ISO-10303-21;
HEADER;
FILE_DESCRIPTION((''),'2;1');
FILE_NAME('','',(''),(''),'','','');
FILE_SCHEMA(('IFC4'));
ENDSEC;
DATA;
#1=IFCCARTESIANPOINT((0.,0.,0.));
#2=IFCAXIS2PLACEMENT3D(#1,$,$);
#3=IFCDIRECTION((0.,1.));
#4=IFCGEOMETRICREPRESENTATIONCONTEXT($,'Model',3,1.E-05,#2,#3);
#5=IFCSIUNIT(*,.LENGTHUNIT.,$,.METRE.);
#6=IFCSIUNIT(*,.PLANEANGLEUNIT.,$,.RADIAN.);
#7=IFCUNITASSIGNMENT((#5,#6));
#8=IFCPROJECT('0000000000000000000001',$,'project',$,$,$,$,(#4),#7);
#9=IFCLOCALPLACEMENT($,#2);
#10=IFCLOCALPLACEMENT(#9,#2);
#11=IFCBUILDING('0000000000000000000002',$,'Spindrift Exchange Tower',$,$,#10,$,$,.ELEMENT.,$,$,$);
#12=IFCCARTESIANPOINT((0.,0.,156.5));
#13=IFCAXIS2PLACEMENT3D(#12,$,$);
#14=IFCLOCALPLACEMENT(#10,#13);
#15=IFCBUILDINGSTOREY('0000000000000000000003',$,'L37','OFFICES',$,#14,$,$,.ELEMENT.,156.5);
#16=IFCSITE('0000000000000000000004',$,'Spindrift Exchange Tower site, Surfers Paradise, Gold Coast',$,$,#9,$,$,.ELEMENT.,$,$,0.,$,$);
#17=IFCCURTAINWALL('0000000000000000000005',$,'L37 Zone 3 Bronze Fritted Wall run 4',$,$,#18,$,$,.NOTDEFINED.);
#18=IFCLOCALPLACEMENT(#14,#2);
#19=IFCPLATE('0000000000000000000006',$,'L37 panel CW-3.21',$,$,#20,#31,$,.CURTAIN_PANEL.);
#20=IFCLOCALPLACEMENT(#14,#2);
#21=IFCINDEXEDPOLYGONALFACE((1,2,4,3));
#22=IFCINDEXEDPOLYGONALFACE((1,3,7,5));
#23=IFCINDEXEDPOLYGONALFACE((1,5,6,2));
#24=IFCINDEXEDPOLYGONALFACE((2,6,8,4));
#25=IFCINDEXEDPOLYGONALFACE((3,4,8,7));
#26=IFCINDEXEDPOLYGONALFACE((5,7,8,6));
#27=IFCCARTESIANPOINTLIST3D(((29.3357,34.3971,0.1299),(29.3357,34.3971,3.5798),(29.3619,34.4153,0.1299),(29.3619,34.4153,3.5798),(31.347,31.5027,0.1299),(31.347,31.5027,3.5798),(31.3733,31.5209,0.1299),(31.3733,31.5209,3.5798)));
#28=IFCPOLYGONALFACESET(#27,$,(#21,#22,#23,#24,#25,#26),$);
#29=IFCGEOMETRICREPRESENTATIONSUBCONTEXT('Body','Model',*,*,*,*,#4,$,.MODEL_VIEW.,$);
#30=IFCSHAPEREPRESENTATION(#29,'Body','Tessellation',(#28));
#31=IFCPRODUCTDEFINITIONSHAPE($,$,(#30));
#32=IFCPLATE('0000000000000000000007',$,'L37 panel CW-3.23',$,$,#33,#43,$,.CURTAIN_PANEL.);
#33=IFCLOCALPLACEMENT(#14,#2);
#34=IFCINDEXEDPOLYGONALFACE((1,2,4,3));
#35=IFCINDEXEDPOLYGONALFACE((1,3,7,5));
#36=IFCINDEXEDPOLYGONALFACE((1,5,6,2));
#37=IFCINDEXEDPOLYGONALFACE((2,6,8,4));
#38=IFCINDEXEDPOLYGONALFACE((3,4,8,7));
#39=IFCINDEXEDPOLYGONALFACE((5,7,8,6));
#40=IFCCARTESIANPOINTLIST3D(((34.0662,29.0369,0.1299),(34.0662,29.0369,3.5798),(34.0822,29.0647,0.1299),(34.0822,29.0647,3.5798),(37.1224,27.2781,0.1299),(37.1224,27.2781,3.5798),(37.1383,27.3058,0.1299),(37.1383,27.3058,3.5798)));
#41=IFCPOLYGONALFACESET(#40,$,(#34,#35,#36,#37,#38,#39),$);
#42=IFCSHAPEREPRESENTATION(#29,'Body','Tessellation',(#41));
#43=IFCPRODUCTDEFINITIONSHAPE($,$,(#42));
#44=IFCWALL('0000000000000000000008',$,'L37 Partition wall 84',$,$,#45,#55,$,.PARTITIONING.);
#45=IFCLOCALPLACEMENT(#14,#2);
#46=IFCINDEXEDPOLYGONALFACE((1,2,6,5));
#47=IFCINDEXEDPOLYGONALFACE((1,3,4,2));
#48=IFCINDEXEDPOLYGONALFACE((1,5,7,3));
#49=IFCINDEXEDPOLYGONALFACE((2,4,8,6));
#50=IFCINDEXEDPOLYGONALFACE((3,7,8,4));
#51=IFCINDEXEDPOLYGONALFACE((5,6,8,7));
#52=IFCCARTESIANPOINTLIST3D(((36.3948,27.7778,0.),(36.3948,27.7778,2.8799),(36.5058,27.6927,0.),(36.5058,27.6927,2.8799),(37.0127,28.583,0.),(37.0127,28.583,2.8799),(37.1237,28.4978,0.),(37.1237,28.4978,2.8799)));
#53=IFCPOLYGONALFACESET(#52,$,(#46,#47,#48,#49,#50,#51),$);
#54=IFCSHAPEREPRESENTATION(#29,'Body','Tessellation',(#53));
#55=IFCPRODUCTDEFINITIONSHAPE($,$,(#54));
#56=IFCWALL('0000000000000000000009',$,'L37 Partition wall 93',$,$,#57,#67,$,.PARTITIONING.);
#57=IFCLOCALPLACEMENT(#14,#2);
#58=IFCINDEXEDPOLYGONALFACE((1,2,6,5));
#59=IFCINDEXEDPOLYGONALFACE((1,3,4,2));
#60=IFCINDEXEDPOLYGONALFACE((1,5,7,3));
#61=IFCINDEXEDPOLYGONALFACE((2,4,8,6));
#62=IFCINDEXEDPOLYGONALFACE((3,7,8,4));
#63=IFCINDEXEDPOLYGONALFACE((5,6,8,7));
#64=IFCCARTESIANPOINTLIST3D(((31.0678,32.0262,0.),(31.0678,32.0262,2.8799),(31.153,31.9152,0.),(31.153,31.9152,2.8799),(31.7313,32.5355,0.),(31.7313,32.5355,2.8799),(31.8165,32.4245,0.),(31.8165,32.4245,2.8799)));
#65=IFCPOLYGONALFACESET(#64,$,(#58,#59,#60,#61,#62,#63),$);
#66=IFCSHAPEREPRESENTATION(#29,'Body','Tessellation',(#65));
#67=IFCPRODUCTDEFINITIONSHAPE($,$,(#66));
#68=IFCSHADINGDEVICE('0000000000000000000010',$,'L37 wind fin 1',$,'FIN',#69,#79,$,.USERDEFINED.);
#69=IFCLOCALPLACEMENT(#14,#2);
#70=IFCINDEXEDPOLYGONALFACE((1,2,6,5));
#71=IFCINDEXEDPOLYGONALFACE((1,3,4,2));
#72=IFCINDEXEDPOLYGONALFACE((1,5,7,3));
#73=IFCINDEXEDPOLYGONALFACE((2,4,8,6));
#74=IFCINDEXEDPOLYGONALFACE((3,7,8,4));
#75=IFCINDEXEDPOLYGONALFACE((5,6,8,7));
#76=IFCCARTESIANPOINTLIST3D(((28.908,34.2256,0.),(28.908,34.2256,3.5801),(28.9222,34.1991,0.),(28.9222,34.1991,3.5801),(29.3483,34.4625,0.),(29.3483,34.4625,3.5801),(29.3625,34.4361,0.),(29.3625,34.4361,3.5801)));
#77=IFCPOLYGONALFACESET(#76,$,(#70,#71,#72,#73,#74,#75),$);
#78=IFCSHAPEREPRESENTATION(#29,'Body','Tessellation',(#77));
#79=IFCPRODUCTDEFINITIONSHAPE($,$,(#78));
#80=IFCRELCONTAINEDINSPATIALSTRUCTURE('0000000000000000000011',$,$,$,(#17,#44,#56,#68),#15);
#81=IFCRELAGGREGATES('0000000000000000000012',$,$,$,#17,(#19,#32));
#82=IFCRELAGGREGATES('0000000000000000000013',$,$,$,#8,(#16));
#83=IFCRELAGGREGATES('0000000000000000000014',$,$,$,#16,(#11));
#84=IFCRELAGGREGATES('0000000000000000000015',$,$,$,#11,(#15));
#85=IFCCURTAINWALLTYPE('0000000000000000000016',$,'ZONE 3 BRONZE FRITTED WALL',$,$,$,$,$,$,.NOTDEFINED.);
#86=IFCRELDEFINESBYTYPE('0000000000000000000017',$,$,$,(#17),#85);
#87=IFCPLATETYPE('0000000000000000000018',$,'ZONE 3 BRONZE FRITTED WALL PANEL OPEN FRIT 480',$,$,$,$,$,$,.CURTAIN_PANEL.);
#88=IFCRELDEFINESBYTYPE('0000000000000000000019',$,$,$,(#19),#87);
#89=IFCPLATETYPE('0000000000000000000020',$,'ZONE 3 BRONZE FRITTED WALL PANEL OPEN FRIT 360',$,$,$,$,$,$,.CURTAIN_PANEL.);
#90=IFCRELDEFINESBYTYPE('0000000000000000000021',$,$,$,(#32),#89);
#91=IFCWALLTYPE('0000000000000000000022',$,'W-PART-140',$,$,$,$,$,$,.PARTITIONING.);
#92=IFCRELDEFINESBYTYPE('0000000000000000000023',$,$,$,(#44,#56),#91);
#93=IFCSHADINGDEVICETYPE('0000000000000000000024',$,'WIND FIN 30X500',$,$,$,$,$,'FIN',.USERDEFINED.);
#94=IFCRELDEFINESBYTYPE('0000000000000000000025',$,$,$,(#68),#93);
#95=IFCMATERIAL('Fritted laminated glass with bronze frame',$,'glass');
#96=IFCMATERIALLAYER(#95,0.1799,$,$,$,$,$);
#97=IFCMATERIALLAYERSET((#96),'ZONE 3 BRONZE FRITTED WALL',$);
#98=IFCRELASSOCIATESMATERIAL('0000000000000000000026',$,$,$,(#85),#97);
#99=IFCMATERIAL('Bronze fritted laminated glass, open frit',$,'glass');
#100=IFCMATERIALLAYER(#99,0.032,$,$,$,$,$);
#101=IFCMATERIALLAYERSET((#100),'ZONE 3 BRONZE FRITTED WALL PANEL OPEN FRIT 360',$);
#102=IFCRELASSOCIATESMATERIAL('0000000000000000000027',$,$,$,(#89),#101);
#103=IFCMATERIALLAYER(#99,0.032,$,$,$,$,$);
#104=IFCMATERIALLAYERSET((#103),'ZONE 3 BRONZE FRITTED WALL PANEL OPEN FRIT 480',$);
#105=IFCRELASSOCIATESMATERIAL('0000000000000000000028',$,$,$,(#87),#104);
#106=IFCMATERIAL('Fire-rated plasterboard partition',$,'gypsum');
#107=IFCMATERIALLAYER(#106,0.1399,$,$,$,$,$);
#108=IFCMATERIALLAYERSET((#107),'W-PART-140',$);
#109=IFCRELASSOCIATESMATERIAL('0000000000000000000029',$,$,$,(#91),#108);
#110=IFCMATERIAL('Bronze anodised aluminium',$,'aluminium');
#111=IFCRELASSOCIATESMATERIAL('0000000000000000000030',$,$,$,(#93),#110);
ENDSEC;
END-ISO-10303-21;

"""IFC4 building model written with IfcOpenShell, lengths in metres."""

from ifc_helpers import new_model, si_unit, direction, frame, frame_2d, origin, origin_2d, place, context, subcontext, project, spatial, rectangle, extrude, source, transform, mapped, material, layer, layer_set, material_profile, profile_set, type_object, element, aggregate, save


model = new_model("IFC4")

# Units and contexts
model_context = context("Model", 3, precision=1e-05, world=origin(), true_north=direction((0.0, 1.0)))
body_context = subcontext(model_context, "Body", "Model", "MODEL_VIEW")
ifc_project = project(units=[si_unit("LENGTHUNIT", "METRE"), si_unit("PLANEANGLEUNIT", "RADIAN")], contexts=[model_context])

# Site, building, storey
site_placement = place(None, origin())
site = spatial("IfcSite", under=ifc_project, at=site_placement, Name="Spindrift Exchange Tower site, Surfers Paradise, Gold Coast", CompositionType="ELEMENT", RefElevation=0.0)
building_placement = place(site_placement, origin())
building = spatial("IfcBuilding", under=site, at=building_placement, Name="Spindrift Exchange Tower", CompositionType="ELEMENT")
storey_placement = place(building_placement, frame((0.0, 0.0, 156.5)))
storey = spatial("IfcBuildingStorey", under=building, at=storey_placement, Name="L37", Description="OFFICES", CompositionType="ELEMENT", Elevation=156.5)

# Curtain wall
ifc_material_1 = material(Name="Fritted laminated glass with bronze frame", Category="glass")
ifc_layer_1 = layer(ifc_material_1, 0.1799)
ifc_layer_set_1 = layer_set([ifc_layer_1], Name="ZONE 3 BRONZE FRITTED WALL")
curtain_wall_type = type_object("IfcCurtainWallType", Name="ZONE 3 BRONZE FRITTED WALL", PredefinedType="NOTDEFINED", material=ifc_layer_set_1)
curtain_wall_placement = place(storey_placement, origin())
curtain_wall = element("IfcCurtainWall", 1, at=curtain_wall_placement, inside=storey, type_object=curtain_wall_type, Name="L37 Zone 3 Bronze Fritted Wall run 4", PredefinedType="NOTDEFINED")
ifc_material_2 = material(Name="Bronze anodised aluminium", Category="aluminium")

# Plates
ifc_material_3 = material(Name="Bronze fritted laminated glass, open frit", Category="glass")
ifc_layer_2 = layer(ifc_material_3, 0.032)
ifc_layer_set_2 = layer_set([ifc_layer_2], Name="ZONE 3 BRONZE FRITTED WALL PANEL OPEN FRIT 360")
plate_type_1 = type_object("IfcPlateType", Name="ZONE 3 BRONZE FRITTED WALL PANEL OPEN FRIT 360", PredefinedType="CURTAIN_PANEL", material=ifc_layer_set_2)
ifc_layer_3 = layer(ifc_material_3, 0.032)
ifc_layer_set_3 = layer_set([ifc_layer_3], Name="ZONE 3 BRONZE FRITTED WALL PANEL OPEN FRIT 480")
plate_type_2 = type_object("IfcPlateType", Name="ZONE 3 BRONZE FRITTED WALL PANEL OPEN FRIT 480", PredefinedType="CURTAIN_PANEL", material=ifc_layer_set_3)
shared_shape_1 = source(origin(), body_context, "Body", "SweptSolid", [
    extrude(rectangle(XDim=3.5247, YDim=0.032, at=origin_2d()), origin(), (0.0, 0.0, 1.0), 3.45),
])
plate_1_placement = place(storey_placement, frame((30.3545, 32.959, 0.1299), z_axis=(0.0, 0.0, 1.0), x_axis=(0.570653, -0.821191, 0.0)))
plate_1 = element("IfcPlate", 2, at=plate_1_placement, type_object=plate_type_2, Name="L37 panel CW-3.21", PredefinedType="CURTAIN_PANEL", context=body_context, shape_type="MappedRepresentation", body=[
    mapped(shared_shape_1, transform((0.0, 0.0, 0.0), scale=1.0)),
])
shared_shape_2 = source(origin(), body_context, "Body", "SweptSolid", [
    extrude(rectangle(XDim=3.5261, YDim=0.032, at=origin_2d()), origin(), (0.0, 0.0, 1.0), 3.45),
])
plate_2_placement = place(storey_placement, frame((35.6023, 28.1714, 0.1299), z_axis=(0.0, 0.0, 1.0), x_axis=(0.866716, -0.498802, 0.0)))
plate_2 = element("IfcPlate", 3, at=plate_2_placement, type_object=plate_type_1, Name="L37 panel CW-3.23", PredefinedType="CURTAIN_PANEL", context=body_context, shape_type="MappedRepresentation", body=[
    mapped(shared_shape_2, transform((0.0, 0.0, 0.0), scale=1.0)),
])
aggregate(curtain_wall, [plate_1, plate_2])

# Walls
ifc_material_4 = material(Name="Fire-rated plasterboard partition", Category="gypsum")
ifc_layer_4 = layer(ifc_material_4, 0.1399)
ifc_layer_set_4 = layer_set([ifc_layer_4], Name="W-PART-140")
wall_type = type_object("IfcWallType", Name="W-PART-140", PredefinedType="PARTITIONING", material=ifc_layer_set_4)
wall_1_placement = place(storey_placement, frame((37.0681, 28.5403, 0.0), z_axis=(0.0, 0.0, 1.0), x_axis=(-0.608815, -0.793312, 0.0)))
element("IfcWall", 4, at=wall_1_placement, inside=storey, type_object=wall_type, Name="L37 Partition wall 84", PredefinedType="PARTITIONING", context=body_context, shape_type="SweptSolid", body=[
    extrude(rectangle(XDim=1.0149, YDim=0.1399, at=frame_2d((0.5073, 0.0))), origin(), (0.0, 0.0, 1.0), 2.8799),
])
wall_2_placement = place(storey_placement, frame((31.7739, 32.48, 0.0), z_axis=(0.0, 0.0, 1.0), x_axis=(-0.793296, -0.608836, 0.0)))
element("IfcWall", 5, at=wall_2_placement, inside=storey, type_object=wall_type, Name="L37 Partition wall 93", PredefinedType="PARTITIONING", context=body_context, shape_type="SweptSolid", body=[
    extrude(rectangle(XDim=0.8364, YDim=0.1399, at=frame_2d((0.4182, 0.0))), origin(), (0.0, 0.0, 1.0), 2.8799),
])

# Shading device
ifc_material_profile_1 = material_profile(ifc_material_2, rectangle(XDim=0.03, YDim=0.5, at=origin_2d()), Name="WIND FIN 30X500")
ifc_profile_set_1 = profile_set([ifc_material_profile_1], Name="Bronze anodised aluminium")
shading_device_type = type_object("IfcShadingDeviceType", Name="WIND FIN 30X500", ElementType="FIN", PredefinedType="USERDEFINED", material=ifc_profile_set_1)
shared_shape_3 = source(origin(), body_context, "Body", "SweptSolid", [
    extrude(rectangle(XDim=0.03, YDim=0.5, at=origin_2d()), origin(), (0.0, 0.0, 1.0), 3.5801),
])
shading_device_placement = place(storey_placement, frame((29.1353, 34.3308, 0.0), z_axis=(0.0, 0.0, 1.0), x_axis=(0.473924, -0.880566, 0.0)))
element("IfcShadingDevice", 6, at=shading_device_placement, inside=storey, type_object=shading_device_type, Name="L37 wind fin 1", ObjectType="FIN", PredefinedType="USERDEFINED", context=body_context, shape_type="MappedRepresentation", body=[
    mapped(shared_shape_3, transform((0.0, 0.0, 0.0), scale=1.0)),
])

save(model, "model.ifc")
